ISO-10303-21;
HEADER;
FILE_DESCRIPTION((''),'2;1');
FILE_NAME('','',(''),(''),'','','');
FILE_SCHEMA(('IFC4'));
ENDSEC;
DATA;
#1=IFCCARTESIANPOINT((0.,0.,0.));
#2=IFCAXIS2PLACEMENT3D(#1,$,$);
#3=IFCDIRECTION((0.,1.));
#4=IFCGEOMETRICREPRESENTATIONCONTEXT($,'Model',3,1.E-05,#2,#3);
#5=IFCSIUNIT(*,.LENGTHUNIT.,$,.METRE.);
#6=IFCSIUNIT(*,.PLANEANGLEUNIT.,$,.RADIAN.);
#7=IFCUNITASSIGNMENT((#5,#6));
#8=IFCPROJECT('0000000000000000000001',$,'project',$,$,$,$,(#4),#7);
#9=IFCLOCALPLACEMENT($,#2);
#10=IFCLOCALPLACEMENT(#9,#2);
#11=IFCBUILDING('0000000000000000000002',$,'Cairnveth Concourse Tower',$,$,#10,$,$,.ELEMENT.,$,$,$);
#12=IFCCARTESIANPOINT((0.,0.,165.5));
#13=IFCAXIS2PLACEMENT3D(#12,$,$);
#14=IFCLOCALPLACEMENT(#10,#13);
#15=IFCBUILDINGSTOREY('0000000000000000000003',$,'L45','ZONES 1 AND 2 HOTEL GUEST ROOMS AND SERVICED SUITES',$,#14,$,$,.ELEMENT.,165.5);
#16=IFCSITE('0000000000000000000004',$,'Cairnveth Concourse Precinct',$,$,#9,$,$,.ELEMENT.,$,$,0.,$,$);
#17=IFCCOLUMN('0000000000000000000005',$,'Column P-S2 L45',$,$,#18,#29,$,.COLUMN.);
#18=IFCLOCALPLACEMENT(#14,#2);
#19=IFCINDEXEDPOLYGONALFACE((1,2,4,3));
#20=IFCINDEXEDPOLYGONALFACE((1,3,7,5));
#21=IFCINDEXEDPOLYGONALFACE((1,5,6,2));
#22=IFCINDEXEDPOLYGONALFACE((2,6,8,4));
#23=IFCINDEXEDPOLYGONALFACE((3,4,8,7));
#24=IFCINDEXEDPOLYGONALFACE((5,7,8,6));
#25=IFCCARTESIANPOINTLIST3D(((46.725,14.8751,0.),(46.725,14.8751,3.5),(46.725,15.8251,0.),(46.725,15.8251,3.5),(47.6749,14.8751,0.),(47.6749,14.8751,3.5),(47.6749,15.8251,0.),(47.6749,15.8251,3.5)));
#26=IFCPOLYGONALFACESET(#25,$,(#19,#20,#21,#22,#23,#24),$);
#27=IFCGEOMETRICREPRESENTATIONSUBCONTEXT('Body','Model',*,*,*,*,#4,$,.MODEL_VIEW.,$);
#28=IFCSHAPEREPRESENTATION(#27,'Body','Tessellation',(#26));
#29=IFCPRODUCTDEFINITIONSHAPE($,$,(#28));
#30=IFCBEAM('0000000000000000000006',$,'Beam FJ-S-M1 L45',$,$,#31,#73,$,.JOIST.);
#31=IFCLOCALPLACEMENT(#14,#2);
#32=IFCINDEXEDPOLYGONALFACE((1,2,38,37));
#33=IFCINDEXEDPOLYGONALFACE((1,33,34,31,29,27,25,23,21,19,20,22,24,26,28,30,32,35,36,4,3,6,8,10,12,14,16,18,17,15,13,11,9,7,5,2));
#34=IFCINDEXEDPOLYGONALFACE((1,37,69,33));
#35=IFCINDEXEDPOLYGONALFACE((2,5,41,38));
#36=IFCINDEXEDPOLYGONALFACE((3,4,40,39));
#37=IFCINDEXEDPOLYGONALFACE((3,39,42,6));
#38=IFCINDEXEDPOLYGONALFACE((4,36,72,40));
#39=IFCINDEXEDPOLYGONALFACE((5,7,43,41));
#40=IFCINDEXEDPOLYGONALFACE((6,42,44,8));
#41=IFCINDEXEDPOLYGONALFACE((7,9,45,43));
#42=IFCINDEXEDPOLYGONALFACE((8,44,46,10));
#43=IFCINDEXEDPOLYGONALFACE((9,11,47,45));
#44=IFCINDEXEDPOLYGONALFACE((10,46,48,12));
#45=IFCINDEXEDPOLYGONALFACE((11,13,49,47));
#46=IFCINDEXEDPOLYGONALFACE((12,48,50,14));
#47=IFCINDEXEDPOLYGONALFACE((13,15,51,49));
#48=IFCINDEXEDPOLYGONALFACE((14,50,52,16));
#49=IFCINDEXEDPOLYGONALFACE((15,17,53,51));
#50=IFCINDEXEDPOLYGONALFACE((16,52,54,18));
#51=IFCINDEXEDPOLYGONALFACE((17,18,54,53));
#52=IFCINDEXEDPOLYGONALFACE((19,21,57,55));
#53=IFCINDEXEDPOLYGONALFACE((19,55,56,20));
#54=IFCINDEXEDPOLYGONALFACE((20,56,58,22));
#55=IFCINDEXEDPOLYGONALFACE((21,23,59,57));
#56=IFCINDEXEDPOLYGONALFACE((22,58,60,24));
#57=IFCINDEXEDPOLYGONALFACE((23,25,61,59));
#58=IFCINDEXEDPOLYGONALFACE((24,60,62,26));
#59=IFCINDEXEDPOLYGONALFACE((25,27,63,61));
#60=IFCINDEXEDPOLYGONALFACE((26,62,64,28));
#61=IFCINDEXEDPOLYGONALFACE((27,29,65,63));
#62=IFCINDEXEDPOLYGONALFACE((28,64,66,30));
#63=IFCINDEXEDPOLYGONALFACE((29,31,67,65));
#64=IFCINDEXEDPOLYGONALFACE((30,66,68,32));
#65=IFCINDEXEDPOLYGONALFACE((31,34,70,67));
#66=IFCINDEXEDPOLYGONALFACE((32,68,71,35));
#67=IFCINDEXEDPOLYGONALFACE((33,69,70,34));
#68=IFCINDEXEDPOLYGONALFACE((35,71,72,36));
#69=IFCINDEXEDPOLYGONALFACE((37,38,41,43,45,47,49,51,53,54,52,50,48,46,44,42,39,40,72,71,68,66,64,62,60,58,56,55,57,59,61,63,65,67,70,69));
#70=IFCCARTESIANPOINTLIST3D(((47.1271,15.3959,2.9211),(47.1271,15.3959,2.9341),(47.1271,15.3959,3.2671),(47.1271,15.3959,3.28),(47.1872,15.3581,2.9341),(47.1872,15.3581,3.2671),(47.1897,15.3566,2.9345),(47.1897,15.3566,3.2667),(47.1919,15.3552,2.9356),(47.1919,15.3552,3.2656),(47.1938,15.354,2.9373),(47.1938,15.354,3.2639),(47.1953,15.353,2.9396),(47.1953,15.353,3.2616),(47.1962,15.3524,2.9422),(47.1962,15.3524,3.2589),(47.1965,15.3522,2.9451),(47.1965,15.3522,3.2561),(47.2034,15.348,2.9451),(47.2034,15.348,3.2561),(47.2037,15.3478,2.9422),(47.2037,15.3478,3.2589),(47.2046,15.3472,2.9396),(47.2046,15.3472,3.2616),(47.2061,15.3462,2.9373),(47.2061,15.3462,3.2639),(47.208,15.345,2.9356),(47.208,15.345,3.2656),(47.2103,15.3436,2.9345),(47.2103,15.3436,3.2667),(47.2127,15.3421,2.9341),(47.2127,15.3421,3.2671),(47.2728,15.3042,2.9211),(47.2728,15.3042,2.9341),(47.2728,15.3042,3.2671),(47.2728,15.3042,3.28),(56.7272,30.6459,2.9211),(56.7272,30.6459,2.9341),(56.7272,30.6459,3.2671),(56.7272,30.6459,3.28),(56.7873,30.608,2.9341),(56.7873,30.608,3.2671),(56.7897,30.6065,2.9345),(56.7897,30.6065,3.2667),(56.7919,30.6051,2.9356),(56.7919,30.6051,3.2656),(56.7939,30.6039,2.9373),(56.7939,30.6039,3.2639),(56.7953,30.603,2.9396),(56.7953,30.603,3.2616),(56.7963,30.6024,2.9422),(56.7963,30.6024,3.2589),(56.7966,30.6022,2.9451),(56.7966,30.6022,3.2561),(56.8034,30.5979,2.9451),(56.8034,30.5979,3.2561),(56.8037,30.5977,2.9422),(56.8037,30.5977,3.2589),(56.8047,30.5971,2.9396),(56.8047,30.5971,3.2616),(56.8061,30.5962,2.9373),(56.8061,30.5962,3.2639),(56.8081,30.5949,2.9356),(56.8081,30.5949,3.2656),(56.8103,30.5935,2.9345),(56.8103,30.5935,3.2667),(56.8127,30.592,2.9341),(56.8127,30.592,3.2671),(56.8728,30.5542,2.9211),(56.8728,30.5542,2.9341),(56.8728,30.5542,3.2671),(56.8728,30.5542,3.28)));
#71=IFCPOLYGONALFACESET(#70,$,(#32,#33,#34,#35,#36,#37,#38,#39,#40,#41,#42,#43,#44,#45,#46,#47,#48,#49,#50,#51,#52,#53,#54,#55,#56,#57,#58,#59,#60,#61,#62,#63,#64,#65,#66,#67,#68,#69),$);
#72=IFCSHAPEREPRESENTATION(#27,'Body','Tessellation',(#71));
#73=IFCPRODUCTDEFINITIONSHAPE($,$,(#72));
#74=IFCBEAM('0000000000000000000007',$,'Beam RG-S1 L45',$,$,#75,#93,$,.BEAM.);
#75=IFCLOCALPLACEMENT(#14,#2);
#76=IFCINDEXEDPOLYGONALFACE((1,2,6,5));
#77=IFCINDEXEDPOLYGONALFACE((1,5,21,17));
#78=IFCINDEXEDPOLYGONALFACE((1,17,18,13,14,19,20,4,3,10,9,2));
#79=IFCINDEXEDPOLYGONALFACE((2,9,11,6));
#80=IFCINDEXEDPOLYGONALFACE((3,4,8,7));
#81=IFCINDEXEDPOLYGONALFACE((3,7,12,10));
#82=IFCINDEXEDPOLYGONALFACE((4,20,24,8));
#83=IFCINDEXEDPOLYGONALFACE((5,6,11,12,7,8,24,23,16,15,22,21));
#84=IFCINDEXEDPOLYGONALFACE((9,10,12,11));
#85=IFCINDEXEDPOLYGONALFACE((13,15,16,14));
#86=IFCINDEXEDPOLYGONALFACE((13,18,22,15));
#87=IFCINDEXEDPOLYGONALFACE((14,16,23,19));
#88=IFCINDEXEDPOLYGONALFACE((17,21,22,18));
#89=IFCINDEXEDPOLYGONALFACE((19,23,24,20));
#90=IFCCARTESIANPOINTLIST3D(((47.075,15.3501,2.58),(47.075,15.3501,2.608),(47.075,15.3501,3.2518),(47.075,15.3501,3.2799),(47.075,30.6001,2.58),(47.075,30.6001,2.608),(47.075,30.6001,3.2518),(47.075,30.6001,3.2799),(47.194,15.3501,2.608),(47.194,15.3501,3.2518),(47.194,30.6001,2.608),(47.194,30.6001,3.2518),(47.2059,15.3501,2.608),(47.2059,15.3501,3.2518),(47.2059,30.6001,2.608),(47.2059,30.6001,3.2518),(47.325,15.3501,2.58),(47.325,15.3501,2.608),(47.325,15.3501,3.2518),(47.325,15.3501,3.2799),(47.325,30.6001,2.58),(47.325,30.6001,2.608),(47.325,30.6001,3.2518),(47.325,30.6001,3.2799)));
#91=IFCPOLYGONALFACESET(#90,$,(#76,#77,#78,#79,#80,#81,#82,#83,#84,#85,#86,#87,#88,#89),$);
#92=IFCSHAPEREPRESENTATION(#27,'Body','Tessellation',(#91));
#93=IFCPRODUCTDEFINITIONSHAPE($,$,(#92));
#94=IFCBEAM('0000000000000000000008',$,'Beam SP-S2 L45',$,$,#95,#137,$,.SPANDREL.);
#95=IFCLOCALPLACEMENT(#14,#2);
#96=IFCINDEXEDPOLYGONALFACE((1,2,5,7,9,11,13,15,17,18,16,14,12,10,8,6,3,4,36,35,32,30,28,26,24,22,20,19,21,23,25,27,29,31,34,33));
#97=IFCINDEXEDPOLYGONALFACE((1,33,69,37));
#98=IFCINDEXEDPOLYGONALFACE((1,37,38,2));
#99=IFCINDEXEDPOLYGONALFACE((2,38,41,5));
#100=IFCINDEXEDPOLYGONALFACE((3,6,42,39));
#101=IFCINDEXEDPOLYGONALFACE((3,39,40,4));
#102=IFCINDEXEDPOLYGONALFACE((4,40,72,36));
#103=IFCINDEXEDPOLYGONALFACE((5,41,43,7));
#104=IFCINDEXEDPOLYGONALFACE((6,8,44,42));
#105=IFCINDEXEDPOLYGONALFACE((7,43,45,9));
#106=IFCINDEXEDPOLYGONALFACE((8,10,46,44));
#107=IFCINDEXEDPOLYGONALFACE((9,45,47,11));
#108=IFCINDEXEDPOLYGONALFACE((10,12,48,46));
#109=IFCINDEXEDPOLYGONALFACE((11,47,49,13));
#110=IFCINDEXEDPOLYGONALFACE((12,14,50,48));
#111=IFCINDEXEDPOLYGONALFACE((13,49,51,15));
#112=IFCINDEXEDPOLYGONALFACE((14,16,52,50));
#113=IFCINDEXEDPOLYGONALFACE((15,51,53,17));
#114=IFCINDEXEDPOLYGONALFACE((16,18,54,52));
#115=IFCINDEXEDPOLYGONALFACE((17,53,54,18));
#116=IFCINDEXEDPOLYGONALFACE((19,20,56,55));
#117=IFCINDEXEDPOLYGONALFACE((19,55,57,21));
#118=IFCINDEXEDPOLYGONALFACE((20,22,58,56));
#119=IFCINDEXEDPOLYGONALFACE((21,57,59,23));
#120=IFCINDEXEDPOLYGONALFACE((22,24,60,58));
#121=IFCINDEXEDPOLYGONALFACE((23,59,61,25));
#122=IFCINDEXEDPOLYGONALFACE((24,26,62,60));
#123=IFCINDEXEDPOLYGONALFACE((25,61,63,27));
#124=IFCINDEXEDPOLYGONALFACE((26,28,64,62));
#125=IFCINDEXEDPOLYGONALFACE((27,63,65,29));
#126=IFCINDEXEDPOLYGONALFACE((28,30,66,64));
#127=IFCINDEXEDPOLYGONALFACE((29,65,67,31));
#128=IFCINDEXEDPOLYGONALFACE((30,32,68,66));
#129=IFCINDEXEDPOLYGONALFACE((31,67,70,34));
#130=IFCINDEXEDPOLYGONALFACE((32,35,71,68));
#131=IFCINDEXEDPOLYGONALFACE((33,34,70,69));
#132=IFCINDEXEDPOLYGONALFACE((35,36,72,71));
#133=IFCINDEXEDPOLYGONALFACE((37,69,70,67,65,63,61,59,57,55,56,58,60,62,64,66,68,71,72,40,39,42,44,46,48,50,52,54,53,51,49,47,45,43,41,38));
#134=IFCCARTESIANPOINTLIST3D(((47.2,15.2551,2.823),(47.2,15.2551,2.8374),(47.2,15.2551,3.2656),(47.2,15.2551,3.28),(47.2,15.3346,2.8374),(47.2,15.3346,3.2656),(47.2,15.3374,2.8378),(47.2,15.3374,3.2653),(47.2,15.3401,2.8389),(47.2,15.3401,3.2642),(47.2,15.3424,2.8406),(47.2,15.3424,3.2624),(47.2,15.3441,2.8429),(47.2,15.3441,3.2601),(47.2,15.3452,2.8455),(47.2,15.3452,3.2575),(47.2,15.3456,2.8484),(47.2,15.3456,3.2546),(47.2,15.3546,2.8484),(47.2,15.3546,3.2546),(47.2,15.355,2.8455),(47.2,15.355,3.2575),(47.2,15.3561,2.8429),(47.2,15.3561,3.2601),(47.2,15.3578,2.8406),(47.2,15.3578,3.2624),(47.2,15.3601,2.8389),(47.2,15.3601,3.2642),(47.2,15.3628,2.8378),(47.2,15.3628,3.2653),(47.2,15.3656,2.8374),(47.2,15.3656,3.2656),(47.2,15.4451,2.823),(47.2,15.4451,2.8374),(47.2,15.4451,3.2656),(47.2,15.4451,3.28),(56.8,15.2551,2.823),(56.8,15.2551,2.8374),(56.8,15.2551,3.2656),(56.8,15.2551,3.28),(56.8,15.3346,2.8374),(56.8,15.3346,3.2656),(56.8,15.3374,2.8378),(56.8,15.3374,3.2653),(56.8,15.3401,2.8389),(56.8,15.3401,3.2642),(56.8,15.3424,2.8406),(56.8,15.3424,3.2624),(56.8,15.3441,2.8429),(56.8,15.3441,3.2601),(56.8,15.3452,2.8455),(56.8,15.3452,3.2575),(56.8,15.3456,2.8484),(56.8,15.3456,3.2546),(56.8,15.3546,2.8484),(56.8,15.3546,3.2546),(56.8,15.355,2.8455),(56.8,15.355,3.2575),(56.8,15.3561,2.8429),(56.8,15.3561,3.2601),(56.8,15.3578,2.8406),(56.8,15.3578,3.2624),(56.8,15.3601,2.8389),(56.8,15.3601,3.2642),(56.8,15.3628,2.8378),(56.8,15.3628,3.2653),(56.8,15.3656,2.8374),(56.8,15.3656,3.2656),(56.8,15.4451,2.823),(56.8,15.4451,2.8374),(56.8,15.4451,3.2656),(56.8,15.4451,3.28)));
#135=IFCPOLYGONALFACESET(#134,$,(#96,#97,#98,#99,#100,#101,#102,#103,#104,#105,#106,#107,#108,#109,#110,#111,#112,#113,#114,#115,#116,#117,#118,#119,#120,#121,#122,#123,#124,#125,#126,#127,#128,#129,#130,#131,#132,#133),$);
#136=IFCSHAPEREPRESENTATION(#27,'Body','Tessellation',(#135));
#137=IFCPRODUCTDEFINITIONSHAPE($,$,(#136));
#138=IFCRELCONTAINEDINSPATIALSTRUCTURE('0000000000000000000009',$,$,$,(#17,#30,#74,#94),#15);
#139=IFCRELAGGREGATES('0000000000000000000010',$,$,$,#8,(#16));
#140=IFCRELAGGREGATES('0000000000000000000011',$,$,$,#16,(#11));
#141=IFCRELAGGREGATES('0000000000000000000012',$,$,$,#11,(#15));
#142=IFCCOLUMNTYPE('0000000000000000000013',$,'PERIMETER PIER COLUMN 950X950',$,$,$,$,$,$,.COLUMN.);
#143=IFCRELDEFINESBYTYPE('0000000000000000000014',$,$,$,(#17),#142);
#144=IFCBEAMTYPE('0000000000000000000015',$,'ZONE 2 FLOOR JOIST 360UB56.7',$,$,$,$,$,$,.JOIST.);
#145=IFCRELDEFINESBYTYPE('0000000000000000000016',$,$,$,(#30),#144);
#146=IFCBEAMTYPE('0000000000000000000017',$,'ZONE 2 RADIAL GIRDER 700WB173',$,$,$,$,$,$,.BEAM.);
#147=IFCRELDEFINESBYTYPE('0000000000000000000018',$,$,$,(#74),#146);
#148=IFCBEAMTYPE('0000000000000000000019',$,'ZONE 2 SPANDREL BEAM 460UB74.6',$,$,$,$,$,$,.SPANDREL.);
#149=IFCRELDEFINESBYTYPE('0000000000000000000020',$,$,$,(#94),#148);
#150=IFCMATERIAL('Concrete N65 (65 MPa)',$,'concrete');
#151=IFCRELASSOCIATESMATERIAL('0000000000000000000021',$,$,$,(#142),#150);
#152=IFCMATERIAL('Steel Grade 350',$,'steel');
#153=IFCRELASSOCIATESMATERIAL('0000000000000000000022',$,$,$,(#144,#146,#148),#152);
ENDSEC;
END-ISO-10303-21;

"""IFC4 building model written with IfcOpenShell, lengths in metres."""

from ifc_helpers import new_model, si_unit, direction, frame, origin, origin_2d, place, context, subcontext, project, spatial, rectangle, i_section, extrude, material, material_profile, profile_set, type_object, element, save


model = new_model("IFC4")

# Units and contexts
model_context = context("Model", 3, precision=1e-05, world=origin(), true_north=direction((0.0, 1.0)))
body_context = subcontext(model_context, "Body", "Model", "MODEL_VIEW")
ifc_project = project(units=[si_unit("LENGTHUNIT", "METRE"), si_unit("PLANEANGLEUNIT", "RADIAN")], contexts=[model_context])

# Site, building, storey
site_placement = place(None, origin())
site = spatial("IfcSite", under=ifc_project, at=site_placement, Name="Cairnveth Concourse Precinct", CompositionType="ELEMENT", RefElevation=0.0)
building_placement = place(site_placement, origin())
building = spatial("IfcBuilding", under=site, at=building_placement, Name="Cairnveth Concourse Tower", CompositionType="ELEMENT")
storey_placement = place(building_placement, frame((0.0, 0.0, 165.5)))
storey = spatial("IfcBuildingStorey", under=building, at=storey_placement, Name="L45", Description="ZONES 1 AND 2 HOTEL GUEST ROOMS AND SERVICED SUITES", CompositionType="ELEMENT", Elevation=165.5)

# Column
ifc_material_1 = material(Name="Concrete N65 (65 MPa)", Category="concrete")
ifc_material_profile_1 = material_profile(ifc_material_1, rectangle(XDim=0.95, YDim=0.95, at=origin_2d()), Name="RC-COL-950x950")
ifc_profile_set_1 = profile_set([ifc_material_profile_1], Name="Concrete N65 (65 MPa)")
column_type = type_object("IfcColumnType", Name="PERIMETER PIER COLUMN 950X950", PredefinedType="COLUMN", material=ifc_profile_set_1)
column_placement = place(storey_placement, frame((47.2, 15.3501, 0.0), z_axis=(0.0, 0.0, 1.0), x_axis=(1.0, 0.0, 0.0)))
element("IfcColumn", 1, at=column_placement, inside=storey, type_object=column_type, Name="Column P-S2 L45", PredefinedType="COLUMN", context=body_context, shape_type="SweptSolid", body=[
    extrude(rectangle(XDim=0.95, YDim=0.95, at=origin_2d()), origin(), (0.0, 0.0, 1.0), 3.5),
])

# Beams
ifc_material_2 = material(Name="Steel Grade 350", Category="steel")
ifc_material_profile_2 = material_profile(ifc_material_2, i_section(OverallWidth=0.1721, OverallDepth=0.3589, WebThickness=0.0081, FlangeThickness=0.0129, FilletRadius=0.011, at=origin_2d()), Name="360UB56.7")
ifc_profile_set_2 = profile_set([ifc_material_profile_2], Name="Steel Grade 350")
beam_type_1 = type_object("IfcBeamType", Name="ZONE 2 FLOOR JOIST 360UB56.7", PredefinedType="JOIST", material=ifc_profile_set_2)
beam_1_placement = place(storey_placement, frame((47.2, 15.3501, 3.1006), z_axis=(0.532744, 0.846277, 0.0), x_axis=(-0.846277, 0.532744, 0.0)))
element("IfcBeam", 2, at=beam_1_placement, inside=storey, type_object=beam_type_1, Name="Beam FJ-S-M1 L45", PredefinedType="JOIST", context=body_context, shape_type="SweptSolid", body=[
    extrude(i_section(OverallWidth=0.1721, OverallDepth=0.3589, WebThickness=0.0081, FlangeThickness=0.0129, FilletRadius=0.011, at=origin_2d()), origin(), (0.0, 0.0, 1.0), 18.02),
])
ifc_material_profile_3 = material_profile(ifc_material_2, i_section(OverallWidth=0.25, OverallDepth=0.7, WebThickness=0.012, FlangeThickness=0.0281, at=origin_2d()), Name="700WB173")
ifc_profile_set_3 = profile_set([ifc_material_profile_3], Name="Steel Grade 350")
beam_type_2 = type_object("IfcBeamType", Name="ZONE 2 RADIAL GIRDER 700WB173", PredefinedType="BEAM", material=ifc_profile_set_3)
beam_2_placement = place(storey_placement, frame((47.2, 15.3501, 2.9299), z_axis=(0.0, 1.0, 0.0), x_axis=(-1.0, 0.0, 0.0)))
element("IfcBeam", 3, at=beam_2_placement, inside=storey, type_object=beam_type_2, Name="Beam RG-S1 L45", PredefinedType="BEAM", context=body_context, shape_type="SweptSolid", body=[
    extrude(i_section(OverallWidth=0.25, OverallDepth=0.7, WebThickness=0.012, FlangeThickness=0.0281, at=origin_2d()), origin(), (0.0, 0.0, 1.0), 15.25),
])
ifc_material_profile_4 = material_profile(ifc_material_2, i_section(OverallWidth=0.1899, OverallDepth=0.457, WebThickness=0.009, FlangeThickness=0.0144, FilletRadius=0.011, at=origin_2d()), Name="460UB74.6")
ifc_profile_set_4 = profile_set([ifc_material_profile_4], Name="Steel Grade 350")
beam_type_3 = type_object("IfcBeamType", Name="ZONE 2 SPANDREL BEAM 460UB74.6", PredefinedType="SPANDREL", material=ifc_profile_set_4)
beam_3_placement = place(storey_placement, frame((47.2, 15.3501, 3.0515), z_axis=(1.0, 0.0, 0.0), x_axis=(0.0, 1.0, 0.0)))
element("IfcBeam", 4, at=beam_3_placement, inside=storey, type_object=beam_type_3, Name="Beam SP-S2 L45", PredefinedType="SPANDREL", context=body_context, shape_type="SweptSolid", body=[
    extrude(i_section(OverallWidth=0.1899, OverallDepth=0.457, WebThickness=0.009, FlangeThickness=0.0144, FilletRadius=0.011, at=origin_2d()), origin(), (0.0, 0.0, 1.0), 9.6001),
])

save(model, "model.ifc")
